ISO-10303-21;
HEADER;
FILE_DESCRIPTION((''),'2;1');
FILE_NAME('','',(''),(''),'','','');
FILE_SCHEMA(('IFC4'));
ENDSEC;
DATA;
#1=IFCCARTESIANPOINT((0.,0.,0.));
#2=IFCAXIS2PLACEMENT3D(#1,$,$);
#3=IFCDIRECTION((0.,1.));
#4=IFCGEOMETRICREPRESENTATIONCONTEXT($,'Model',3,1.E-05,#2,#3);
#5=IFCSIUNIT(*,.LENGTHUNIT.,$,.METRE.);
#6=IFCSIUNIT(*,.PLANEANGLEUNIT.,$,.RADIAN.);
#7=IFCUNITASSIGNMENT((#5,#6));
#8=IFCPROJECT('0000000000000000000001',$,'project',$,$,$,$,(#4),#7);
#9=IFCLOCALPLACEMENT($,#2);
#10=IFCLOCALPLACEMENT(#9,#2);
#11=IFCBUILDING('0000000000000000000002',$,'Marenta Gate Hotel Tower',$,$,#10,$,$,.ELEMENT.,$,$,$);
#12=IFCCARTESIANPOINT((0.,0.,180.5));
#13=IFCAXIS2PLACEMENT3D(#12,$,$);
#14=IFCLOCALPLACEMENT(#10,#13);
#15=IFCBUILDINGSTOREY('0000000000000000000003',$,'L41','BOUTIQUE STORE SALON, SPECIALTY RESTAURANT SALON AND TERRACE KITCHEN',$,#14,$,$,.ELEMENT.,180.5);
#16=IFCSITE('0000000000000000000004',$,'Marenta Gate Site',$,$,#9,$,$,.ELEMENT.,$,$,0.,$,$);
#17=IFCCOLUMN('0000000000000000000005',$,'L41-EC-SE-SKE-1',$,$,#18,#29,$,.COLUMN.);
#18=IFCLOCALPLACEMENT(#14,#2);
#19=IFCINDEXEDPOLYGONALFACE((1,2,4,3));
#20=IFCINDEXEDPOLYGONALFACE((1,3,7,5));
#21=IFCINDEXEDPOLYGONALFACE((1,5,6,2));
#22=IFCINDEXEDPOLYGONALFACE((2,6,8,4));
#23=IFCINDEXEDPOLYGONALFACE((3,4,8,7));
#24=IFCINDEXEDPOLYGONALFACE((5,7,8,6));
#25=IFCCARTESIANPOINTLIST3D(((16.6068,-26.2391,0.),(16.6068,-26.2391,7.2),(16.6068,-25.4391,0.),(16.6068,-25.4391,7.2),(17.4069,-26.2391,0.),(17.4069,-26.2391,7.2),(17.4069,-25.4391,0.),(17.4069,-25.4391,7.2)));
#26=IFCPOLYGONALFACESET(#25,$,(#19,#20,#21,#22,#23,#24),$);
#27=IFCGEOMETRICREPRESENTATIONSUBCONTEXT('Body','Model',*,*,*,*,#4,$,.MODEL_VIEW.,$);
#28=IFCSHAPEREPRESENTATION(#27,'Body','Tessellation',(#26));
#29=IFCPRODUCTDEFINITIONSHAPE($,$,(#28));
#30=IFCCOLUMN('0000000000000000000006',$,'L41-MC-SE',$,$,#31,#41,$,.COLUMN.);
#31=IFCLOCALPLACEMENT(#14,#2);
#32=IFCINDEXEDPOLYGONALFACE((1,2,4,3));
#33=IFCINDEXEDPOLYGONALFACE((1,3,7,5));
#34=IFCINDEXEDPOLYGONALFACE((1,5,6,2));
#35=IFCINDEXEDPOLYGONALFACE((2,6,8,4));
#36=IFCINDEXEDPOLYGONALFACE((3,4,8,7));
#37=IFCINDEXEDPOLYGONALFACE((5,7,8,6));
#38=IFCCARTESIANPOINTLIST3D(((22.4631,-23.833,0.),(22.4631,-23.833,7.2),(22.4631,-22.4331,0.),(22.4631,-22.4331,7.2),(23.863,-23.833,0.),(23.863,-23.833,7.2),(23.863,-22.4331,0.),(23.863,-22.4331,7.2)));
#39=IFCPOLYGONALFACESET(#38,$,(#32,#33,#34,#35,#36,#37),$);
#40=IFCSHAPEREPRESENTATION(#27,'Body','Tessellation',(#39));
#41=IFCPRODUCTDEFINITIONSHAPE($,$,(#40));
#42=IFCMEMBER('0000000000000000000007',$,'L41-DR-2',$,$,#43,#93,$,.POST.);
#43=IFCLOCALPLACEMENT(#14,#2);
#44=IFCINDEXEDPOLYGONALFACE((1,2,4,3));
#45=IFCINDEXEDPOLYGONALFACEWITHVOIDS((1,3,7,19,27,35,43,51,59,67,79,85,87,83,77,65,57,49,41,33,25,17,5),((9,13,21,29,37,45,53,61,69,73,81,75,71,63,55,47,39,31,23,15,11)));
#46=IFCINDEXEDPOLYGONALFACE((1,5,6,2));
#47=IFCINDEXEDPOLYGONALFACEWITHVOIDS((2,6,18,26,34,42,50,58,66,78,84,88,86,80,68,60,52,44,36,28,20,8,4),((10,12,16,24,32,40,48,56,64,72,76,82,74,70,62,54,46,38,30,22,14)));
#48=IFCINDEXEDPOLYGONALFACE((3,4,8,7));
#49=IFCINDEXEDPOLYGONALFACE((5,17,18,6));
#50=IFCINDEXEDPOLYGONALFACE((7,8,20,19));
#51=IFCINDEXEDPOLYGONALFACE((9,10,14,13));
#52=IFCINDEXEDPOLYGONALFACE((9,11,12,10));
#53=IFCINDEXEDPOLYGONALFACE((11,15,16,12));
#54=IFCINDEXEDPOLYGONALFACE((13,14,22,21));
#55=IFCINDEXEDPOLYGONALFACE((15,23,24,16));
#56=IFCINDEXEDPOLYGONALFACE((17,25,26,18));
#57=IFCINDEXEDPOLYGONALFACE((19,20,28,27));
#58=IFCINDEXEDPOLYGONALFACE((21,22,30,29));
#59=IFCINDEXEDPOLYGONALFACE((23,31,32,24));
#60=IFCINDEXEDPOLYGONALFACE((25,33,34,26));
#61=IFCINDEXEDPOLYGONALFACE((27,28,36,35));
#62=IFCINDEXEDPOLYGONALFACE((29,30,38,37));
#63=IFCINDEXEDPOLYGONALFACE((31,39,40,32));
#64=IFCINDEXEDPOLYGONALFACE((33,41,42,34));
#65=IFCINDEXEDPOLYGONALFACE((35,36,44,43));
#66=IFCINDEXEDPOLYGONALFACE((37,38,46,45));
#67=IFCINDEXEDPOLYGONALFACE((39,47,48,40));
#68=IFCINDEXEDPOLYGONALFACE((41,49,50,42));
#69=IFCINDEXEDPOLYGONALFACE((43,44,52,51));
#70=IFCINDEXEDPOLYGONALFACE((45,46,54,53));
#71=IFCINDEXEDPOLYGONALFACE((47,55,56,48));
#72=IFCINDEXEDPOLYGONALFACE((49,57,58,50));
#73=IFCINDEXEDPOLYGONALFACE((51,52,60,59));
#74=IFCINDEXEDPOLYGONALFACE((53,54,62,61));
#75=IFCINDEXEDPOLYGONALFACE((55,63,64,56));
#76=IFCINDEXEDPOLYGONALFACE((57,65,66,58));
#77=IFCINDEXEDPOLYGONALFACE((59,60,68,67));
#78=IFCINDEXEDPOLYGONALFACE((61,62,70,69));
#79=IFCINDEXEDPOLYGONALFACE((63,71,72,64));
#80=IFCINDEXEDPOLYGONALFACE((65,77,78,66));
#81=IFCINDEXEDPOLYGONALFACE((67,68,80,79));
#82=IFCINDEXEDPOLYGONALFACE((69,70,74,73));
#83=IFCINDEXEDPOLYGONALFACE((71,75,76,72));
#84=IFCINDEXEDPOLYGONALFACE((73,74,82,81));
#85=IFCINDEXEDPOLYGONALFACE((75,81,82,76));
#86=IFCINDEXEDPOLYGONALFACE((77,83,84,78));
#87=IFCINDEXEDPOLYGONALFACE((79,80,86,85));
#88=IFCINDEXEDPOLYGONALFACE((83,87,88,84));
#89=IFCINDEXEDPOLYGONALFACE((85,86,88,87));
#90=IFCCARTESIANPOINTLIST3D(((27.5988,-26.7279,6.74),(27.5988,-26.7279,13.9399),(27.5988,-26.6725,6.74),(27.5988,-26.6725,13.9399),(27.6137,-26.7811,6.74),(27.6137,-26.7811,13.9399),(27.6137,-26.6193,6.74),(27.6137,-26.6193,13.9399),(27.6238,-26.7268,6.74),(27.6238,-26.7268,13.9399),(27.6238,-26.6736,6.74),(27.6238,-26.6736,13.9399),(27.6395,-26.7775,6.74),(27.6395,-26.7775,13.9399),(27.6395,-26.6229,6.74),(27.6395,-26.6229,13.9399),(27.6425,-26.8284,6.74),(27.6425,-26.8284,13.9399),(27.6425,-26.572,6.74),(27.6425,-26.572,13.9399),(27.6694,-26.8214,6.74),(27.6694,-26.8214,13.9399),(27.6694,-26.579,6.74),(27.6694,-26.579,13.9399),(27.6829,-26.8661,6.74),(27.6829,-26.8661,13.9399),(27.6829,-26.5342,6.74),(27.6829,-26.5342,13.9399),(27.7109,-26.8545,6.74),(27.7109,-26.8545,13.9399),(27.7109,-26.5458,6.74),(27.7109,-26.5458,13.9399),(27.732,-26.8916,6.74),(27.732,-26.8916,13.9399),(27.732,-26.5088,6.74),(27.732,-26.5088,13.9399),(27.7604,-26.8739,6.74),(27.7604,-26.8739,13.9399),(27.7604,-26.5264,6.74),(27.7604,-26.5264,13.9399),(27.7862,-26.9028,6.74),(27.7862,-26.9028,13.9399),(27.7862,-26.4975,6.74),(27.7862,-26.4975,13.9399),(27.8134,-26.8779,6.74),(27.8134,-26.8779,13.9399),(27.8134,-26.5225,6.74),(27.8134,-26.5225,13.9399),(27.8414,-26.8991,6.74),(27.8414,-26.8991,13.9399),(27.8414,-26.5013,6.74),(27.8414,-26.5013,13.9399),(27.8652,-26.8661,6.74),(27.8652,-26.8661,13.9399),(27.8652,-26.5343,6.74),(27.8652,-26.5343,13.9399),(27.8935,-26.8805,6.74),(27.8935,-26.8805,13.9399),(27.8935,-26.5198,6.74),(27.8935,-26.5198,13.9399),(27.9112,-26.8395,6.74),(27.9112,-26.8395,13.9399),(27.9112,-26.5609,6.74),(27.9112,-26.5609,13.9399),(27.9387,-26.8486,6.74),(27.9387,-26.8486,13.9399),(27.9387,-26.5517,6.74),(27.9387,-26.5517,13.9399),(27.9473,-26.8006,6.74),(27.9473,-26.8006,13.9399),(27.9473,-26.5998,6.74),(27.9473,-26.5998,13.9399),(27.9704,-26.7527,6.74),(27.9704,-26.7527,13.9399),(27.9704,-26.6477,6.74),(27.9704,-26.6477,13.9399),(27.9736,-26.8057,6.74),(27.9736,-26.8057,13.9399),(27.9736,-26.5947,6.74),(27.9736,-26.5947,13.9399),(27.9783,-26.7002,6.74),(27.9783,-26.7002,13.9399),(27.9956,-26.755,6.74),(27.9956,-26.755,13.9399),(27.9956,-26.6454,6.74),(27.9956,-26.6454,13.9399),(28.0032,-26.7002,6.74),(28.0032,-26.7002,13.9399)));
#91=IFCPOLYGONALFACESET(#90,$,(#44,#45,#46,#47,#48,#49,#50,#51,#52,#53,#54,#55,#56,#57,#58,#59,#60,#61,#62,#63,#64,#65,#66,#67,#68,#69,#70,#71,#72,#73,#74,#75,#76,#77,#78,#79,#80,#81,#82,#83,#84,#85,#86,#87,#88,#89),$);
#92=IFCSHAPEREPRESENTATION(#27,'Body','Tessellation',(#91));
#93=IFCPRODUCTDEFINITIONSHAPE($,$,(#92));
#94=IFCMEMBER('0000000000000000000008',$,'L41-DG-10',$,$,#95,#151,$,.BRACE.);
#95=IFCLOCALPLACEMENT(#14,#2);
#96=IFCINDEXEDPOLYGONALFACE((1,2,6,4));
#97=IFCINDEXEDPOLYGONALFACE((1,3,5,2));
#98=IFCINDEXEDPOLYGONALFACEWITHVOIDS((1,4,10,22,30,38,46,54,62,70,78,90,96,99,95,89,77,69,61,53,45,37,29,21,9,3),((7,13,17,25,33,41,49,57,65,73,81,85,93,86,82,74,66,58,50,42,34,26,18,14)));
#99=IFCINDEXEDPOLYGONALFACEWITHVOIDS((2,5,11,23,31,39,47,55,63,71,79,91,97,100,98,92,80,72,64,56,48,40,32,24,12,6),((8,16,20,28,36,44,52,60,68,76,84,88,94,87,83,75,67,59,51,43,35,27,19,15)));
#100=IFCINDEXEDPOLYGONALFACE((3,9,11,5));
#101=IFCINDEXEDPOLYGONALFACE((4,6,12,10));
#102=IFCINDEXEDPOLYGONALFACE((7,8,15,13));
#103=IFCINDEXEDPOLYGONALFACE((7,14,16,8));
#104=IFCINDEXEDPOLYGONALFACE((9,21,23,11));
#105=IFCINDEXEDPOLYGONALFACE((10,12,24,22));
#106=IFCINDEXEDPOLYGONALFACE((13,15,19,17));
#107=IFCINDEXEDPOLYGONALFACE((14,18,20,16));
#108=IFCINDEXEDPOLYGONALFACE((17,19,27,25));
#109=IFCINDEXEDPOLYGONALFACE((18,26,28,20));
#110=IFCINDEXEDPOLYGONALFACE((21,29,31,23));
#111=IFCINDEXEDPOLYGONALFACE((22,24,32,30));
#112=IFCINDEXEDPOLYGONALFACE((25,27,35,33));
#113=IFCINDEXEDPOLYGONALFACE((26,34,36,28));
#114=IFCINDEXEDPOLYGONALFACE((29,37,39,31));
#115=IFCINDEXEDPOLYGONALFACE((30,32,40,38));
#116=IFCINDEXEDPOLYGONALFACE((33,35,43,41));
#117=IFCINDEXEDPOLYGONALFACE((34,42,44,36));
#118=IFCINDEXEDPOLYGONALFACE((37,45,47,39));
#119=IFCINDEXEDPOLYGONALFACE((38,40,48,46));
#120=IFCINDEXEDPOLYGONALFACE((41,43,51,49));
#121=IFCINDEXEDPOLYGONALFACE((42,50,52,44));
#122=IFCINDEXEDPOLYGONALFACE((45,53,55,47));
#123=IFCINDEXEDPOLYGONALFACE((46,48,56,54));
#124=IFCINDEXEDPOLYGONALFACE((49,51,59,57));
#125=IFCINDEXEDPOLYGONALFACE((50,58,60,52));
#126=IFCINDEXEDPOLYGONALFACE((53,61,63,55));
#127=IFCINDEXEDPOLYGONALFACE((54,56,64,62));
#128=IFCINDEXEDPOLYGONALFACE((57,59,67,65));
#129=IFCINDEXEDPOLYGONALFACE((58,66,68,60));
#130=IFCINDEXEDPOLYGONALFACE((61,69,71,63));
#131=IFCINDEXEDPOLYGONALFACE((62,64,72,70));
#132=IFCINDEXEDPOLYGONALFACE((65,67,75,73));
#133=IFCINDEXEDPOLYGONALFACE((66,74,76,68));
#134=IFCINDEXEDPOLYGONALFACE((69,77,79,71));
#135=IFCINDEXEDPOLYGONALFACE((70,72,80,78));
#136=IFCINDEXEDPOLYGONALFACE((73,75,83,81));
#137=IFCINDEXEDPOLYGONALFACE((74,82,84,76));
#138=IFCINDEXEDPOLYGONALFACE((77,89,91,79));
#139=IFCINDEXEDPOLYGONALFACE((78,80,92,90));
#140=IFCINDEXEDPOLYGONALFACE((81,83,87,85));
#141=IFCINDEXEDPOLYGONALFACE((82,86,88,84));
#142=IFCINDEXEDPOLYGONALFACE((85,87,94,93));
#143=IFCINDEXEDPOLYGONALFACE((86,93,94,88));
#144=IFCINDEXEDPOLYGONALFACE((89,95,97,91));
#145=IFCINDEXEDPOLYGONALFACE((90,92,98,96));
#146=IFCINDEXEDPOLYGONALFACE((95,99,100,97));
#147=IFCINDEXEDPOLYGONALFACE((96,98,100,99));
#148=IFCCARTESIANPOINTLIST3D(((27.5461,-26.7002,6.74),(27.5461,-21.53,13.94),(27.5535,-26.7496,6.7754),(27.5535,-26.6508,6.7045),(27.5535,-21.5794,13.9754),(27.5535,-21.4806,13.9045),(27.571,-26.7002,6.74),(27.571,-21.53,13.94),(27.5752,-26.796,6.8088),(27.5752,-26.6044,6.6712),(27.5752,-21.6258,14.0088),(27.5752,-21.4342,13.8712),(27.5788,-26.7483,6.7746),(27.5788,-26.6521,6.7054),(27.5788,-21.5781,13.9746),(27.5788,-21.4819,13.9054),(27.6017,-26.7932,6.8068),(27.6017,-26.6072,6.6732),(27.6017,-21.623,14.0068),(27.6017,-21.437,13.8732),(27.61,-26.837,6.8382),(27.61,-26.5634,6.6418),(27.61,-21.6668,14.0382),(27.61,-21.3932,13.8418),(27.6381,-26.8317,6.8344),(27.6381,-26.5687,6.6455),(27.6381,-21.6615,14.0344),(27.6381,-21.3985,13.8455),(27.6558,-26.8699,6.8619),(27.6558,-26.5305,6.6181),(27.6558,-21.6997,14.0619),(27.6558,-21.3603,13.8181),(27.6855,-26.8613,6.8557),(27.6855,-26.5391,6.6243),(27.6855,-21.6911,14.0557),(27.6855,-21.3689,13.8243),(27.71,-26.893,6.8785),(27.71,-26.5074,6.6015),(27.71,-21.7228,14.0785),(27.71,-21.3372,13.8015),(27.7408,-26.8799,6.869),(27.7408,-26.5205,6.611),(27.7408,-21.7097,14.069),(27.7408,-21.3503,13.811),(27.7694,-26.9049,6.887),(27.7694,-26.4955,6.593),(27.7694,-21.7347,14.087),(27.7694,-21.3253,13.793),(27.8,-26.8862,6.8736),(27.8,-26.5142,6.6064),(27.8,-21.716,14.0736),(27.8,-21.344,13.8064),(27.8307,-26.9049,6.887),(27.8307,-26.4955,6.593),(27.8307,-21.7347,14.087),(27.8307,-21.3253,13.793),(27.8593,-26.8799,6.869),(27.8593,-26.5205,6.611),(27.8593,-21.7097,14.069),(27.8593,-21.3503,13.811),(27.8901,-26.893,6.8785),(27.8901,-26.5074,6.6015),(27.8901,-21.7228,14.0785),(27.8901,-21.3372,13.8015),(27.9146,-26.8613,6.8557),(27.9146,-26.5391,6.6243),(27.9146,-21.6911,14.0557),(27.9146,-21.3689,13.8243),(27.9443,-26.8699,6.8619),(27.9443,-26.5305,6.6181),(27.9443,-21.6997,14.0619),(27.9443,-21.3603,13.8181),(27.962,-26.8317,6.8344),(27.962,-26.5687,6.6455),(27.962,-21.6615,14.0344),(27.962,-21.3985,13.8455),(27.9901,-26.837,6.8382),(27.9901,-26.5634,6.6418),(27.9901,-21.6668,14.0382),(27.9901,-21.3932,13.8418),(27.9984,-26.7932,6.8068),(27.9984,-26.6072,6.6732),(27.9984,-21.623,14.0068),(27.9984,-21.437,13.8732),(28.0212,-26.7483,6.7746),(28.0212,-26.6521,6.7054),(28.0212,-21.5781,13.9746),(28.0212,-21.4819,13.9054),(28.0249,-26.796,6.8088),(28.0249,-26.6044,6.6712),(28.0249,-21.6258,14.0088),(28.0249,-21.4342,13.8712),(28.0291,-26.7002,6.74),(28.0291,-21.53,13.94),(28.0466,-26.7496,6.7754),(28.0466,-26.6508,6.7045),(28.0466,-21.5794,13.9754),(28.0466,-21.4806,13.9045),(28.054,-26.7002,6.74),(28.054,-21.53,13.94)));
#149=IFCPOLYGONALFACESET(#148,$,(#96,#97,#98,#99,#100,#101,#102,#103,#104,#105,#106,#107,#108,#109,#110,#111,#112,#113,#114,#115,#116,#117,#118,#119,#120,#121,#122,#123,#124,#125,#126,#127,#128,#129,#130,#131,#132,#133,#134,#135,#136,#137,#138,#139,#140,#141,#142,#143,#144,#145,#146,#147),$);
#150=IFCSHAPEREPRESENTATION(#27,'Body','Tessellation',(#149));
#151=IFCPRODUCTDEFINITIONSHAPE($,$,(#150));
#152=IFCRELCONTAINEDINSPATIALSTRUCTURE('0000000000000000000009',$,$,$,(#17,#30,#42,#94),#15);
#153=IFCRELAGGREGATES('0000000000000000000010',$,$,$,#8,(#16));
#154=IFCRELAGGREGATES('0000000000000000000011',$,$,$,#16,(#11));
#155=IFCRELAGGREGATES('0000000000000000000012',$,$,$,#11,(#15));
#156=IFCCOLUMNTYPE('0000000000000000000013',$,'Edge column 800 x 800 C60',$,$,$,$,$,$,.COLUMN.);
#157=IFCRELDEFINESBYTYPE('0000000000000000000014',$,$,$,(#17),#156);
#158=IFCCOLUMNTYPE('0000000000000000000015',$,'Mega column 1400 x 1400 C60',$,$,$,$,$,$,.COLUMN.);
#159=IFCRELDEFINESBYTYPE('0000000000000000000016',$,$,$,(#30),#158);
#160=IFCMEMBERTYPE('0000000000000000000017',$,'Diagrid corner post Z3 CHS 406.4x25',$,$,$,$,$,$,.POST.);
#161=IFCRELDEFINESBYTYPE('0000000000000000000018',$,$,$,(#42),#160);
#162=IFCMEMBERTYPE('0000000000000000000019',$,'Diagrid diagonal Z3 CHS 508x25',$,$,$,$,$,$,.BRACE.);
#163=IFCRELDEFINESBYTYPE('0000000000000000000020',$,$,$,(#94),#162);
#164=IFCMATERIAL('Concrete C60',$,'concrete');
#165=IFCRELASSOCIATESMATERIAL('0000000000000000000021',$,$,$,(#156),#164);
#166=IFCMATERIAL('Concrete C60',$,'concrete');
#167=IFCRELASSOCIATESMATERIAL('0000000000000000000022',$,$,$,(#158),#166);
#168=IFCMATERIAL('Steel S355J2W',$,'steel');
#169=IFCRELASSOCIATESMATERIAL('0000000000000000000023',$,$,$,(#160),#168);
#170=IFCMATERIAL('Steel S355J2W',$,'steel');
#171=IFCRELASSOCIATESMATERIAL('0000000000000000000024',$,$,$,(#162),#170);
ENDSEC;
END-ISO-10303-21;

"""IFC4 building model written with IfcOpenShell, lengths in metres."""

from ifc_helpers import new_model, si_unit, direction, frame, origin, origin_2d, place, context, subcontext, project, spatial, rectangle, hollow_circle, extrude, material, material_profile, profile_set, type_object, element, save


model = new_model("IFC4")

# Units and contexts
model_context = context("Model", 3, precision=1e-05, world=origin(), true_north=direction((0.0, 1.0)))
body_context = subcontext(model_context, "Body", "Model", "MODEL_VIEW")
ifc_project = project(units=[si_unit("LENGTHUNIT", "METRE"), si_unit("PLANEANGLEUNIT", "RADIAN")], contexts=[model_context])

# Site, building, storey
site_placement = place(None, origin())
site = spatial("IfcSite", under=ifc_project, at=site_placement, Name="Marenta Gate Site", CompositionType="ELEMENT", RefElevation=0.0)
building_placement = place(site_placement, origin())
building = spatial("IfcBuilding", under=site, at=building_placement, Name="Marenta Gate Hotel Tower", CompositionType="ELEMENT")
storey_placement = place(building_placement, frame((0.0, 0.0, 180.5)))
storey = spatial("IfcBuildingStorey", under=building, at=storey_placement, Name="L41", Description="BOUTIQUE STORE SALON, SPECIALTY RESTAURANT SALON AND TERRACE KITCHEN", CompositionType="ELEMENT", Elevation=180.5)

# Columns
ifc_material_1 = material(Name="Concrete C60", Category="concrete")
ifc_material_profile_1 = material_profile(ifc_material_1, rectangle(XDim=0.8, YDim=0.8, at=origin_2d()), Name="800 x 800")
ifc_profile_set_1 = profile_set([ifc_material_profile_1], Name="Concrete C60")
column_type_1 = type_object("IfcColumnType", Name="Edge column 800 x 800 C60", PredefinedType="COLUMN", material=ifc_profile_set_1)
column_1_placement = place(storey_placement, frame((17.0068, -25.8391, 0.0), z_axis=(0.0, 0.0, 1.0), x_axis=(1.0, 0.0, 0.0)))
element("IfcColumn", 1, at=column_1_placement, inside=storey, type_object=column_type_1, Name="L41-EC-SE-SKE-1", PredefinedType="COLUMN", context=body_context, shape_type="SweptSolid", body=[
    extrude(rectangle(XDim=0.8, YDim=0.8, at=origin_2d()), origin(), (0.0, 0.0, 1.0), 7.2),
])
ifc_material_2 = material(Name="Concrete C60", Category="concrete")
ifc_material_profile_2 = material_profile(ifc_material_2, rectangle(XDim=1.3999, YDim=1.3999, at=origin_2d()), Name="1400 x 1400")
ifc_profile_set_2 = profile_set([ifc_material_profile_2], Name="Concrete C60")
column_type_2 = type_object("IfcColumnType", Name="Mega column 1400 x 1400 C60", PredefinedType="COLUMN", material=ifc_profile_set_2)
column_2_placement = place(storey_placement, frame((23.1631, -23.1331, 0.0), z_axis=(0.0, 0.0, 1.0), x_axis=(1.0, 0.0, 0.0)))
element("IfcColumn", 2, at=column_2_placement, inside=storey, type_object=column_type_2, Name="L41-MC-SE", PredefinedType="COLUMN", context=body_context, shape_type="SweptSolid", body=[
    extrude(rectangle(XDim=1.3999, YDim=1.3999, at=origin_2d()), origin(), (0.0, 0.0, 1.0), 7.2),
])

# Members
ifc_material_3 = material(Name="Steel S355J2W", Category="steel")
ifc_material_profile_3 = material_profile(ifc_material_3, hollow_circle(Radius=0.2031, WallThickness=0.0249, at=origin_2d()), Name="CHS 406.4x25")
ifc_profile_set_3 = profile_set([ifc_material_profile_3], Name="Steel S355J2W")
member_type_1 = type_object("IfcMemberType", Name="Diagrid corner post Z3 CHS 406.4x25", PredefinedType="POST", material=ifc_profile_set_3)
member_1_placement = place(storey_placement, frame((27.8, -26.7002, 6.74), z_axis=(0.0, 0.0, 1.0), x_axis=(1.0, 0.0, 0.0)))
element("IfcMember", 3, at=member_1_placement, inside=storey, type_object=member_type_1, Name="L41-DR-2", PredefinedType="POST", context=body_context, shape_type="SweptSolid", body=[
    extrude(hollow_circle(Radius=0.2031, WallThickness=0.0249, at=origin_2d()), origin(), (0.0, 0.0, 1.0), 7.2),
])
ifc_material_4 = material(Name="Steel S355J2W", Category="steel")
ifc_material_profile_4 = material_profile(ifc_material_4, hollow_circle(Radius=0.2539, WallThickness=0.0249, at=origin_2d()), Name="CHS 508x25")
ifc_profile_set_4 = profile_set([ifc_material_profile_4], Name="Steel S355J2W")
member_type_2 = type_object("IfcMemberType", Name="Diagrid diagonal Z3 CHS 508x25", PredefinedType="BRACE", material=ifc_profile_set_4)
member_2_placement = place(storey_placement, frame((27.8, -26.7002, 6.74), z_axis=(0.0, 0.583279, 0.812272), x_axis=(-1.0, 0.0, 0.0)))
element("IfcMember", 4, at=member_2_placement, inside=storey, type_object=member_type_2, Name="L41-DG-10", PredefinedType="BRACE", context=body_context, shape_type="SweptSolid", body=[
    extrude(hollow_circle(Radius=0.2539, WallThickness=0.0249, at=origin_2d()), origin(), (0.0, 0.0, 1.0), 8.864),
])

save(model, "model.ifc")
